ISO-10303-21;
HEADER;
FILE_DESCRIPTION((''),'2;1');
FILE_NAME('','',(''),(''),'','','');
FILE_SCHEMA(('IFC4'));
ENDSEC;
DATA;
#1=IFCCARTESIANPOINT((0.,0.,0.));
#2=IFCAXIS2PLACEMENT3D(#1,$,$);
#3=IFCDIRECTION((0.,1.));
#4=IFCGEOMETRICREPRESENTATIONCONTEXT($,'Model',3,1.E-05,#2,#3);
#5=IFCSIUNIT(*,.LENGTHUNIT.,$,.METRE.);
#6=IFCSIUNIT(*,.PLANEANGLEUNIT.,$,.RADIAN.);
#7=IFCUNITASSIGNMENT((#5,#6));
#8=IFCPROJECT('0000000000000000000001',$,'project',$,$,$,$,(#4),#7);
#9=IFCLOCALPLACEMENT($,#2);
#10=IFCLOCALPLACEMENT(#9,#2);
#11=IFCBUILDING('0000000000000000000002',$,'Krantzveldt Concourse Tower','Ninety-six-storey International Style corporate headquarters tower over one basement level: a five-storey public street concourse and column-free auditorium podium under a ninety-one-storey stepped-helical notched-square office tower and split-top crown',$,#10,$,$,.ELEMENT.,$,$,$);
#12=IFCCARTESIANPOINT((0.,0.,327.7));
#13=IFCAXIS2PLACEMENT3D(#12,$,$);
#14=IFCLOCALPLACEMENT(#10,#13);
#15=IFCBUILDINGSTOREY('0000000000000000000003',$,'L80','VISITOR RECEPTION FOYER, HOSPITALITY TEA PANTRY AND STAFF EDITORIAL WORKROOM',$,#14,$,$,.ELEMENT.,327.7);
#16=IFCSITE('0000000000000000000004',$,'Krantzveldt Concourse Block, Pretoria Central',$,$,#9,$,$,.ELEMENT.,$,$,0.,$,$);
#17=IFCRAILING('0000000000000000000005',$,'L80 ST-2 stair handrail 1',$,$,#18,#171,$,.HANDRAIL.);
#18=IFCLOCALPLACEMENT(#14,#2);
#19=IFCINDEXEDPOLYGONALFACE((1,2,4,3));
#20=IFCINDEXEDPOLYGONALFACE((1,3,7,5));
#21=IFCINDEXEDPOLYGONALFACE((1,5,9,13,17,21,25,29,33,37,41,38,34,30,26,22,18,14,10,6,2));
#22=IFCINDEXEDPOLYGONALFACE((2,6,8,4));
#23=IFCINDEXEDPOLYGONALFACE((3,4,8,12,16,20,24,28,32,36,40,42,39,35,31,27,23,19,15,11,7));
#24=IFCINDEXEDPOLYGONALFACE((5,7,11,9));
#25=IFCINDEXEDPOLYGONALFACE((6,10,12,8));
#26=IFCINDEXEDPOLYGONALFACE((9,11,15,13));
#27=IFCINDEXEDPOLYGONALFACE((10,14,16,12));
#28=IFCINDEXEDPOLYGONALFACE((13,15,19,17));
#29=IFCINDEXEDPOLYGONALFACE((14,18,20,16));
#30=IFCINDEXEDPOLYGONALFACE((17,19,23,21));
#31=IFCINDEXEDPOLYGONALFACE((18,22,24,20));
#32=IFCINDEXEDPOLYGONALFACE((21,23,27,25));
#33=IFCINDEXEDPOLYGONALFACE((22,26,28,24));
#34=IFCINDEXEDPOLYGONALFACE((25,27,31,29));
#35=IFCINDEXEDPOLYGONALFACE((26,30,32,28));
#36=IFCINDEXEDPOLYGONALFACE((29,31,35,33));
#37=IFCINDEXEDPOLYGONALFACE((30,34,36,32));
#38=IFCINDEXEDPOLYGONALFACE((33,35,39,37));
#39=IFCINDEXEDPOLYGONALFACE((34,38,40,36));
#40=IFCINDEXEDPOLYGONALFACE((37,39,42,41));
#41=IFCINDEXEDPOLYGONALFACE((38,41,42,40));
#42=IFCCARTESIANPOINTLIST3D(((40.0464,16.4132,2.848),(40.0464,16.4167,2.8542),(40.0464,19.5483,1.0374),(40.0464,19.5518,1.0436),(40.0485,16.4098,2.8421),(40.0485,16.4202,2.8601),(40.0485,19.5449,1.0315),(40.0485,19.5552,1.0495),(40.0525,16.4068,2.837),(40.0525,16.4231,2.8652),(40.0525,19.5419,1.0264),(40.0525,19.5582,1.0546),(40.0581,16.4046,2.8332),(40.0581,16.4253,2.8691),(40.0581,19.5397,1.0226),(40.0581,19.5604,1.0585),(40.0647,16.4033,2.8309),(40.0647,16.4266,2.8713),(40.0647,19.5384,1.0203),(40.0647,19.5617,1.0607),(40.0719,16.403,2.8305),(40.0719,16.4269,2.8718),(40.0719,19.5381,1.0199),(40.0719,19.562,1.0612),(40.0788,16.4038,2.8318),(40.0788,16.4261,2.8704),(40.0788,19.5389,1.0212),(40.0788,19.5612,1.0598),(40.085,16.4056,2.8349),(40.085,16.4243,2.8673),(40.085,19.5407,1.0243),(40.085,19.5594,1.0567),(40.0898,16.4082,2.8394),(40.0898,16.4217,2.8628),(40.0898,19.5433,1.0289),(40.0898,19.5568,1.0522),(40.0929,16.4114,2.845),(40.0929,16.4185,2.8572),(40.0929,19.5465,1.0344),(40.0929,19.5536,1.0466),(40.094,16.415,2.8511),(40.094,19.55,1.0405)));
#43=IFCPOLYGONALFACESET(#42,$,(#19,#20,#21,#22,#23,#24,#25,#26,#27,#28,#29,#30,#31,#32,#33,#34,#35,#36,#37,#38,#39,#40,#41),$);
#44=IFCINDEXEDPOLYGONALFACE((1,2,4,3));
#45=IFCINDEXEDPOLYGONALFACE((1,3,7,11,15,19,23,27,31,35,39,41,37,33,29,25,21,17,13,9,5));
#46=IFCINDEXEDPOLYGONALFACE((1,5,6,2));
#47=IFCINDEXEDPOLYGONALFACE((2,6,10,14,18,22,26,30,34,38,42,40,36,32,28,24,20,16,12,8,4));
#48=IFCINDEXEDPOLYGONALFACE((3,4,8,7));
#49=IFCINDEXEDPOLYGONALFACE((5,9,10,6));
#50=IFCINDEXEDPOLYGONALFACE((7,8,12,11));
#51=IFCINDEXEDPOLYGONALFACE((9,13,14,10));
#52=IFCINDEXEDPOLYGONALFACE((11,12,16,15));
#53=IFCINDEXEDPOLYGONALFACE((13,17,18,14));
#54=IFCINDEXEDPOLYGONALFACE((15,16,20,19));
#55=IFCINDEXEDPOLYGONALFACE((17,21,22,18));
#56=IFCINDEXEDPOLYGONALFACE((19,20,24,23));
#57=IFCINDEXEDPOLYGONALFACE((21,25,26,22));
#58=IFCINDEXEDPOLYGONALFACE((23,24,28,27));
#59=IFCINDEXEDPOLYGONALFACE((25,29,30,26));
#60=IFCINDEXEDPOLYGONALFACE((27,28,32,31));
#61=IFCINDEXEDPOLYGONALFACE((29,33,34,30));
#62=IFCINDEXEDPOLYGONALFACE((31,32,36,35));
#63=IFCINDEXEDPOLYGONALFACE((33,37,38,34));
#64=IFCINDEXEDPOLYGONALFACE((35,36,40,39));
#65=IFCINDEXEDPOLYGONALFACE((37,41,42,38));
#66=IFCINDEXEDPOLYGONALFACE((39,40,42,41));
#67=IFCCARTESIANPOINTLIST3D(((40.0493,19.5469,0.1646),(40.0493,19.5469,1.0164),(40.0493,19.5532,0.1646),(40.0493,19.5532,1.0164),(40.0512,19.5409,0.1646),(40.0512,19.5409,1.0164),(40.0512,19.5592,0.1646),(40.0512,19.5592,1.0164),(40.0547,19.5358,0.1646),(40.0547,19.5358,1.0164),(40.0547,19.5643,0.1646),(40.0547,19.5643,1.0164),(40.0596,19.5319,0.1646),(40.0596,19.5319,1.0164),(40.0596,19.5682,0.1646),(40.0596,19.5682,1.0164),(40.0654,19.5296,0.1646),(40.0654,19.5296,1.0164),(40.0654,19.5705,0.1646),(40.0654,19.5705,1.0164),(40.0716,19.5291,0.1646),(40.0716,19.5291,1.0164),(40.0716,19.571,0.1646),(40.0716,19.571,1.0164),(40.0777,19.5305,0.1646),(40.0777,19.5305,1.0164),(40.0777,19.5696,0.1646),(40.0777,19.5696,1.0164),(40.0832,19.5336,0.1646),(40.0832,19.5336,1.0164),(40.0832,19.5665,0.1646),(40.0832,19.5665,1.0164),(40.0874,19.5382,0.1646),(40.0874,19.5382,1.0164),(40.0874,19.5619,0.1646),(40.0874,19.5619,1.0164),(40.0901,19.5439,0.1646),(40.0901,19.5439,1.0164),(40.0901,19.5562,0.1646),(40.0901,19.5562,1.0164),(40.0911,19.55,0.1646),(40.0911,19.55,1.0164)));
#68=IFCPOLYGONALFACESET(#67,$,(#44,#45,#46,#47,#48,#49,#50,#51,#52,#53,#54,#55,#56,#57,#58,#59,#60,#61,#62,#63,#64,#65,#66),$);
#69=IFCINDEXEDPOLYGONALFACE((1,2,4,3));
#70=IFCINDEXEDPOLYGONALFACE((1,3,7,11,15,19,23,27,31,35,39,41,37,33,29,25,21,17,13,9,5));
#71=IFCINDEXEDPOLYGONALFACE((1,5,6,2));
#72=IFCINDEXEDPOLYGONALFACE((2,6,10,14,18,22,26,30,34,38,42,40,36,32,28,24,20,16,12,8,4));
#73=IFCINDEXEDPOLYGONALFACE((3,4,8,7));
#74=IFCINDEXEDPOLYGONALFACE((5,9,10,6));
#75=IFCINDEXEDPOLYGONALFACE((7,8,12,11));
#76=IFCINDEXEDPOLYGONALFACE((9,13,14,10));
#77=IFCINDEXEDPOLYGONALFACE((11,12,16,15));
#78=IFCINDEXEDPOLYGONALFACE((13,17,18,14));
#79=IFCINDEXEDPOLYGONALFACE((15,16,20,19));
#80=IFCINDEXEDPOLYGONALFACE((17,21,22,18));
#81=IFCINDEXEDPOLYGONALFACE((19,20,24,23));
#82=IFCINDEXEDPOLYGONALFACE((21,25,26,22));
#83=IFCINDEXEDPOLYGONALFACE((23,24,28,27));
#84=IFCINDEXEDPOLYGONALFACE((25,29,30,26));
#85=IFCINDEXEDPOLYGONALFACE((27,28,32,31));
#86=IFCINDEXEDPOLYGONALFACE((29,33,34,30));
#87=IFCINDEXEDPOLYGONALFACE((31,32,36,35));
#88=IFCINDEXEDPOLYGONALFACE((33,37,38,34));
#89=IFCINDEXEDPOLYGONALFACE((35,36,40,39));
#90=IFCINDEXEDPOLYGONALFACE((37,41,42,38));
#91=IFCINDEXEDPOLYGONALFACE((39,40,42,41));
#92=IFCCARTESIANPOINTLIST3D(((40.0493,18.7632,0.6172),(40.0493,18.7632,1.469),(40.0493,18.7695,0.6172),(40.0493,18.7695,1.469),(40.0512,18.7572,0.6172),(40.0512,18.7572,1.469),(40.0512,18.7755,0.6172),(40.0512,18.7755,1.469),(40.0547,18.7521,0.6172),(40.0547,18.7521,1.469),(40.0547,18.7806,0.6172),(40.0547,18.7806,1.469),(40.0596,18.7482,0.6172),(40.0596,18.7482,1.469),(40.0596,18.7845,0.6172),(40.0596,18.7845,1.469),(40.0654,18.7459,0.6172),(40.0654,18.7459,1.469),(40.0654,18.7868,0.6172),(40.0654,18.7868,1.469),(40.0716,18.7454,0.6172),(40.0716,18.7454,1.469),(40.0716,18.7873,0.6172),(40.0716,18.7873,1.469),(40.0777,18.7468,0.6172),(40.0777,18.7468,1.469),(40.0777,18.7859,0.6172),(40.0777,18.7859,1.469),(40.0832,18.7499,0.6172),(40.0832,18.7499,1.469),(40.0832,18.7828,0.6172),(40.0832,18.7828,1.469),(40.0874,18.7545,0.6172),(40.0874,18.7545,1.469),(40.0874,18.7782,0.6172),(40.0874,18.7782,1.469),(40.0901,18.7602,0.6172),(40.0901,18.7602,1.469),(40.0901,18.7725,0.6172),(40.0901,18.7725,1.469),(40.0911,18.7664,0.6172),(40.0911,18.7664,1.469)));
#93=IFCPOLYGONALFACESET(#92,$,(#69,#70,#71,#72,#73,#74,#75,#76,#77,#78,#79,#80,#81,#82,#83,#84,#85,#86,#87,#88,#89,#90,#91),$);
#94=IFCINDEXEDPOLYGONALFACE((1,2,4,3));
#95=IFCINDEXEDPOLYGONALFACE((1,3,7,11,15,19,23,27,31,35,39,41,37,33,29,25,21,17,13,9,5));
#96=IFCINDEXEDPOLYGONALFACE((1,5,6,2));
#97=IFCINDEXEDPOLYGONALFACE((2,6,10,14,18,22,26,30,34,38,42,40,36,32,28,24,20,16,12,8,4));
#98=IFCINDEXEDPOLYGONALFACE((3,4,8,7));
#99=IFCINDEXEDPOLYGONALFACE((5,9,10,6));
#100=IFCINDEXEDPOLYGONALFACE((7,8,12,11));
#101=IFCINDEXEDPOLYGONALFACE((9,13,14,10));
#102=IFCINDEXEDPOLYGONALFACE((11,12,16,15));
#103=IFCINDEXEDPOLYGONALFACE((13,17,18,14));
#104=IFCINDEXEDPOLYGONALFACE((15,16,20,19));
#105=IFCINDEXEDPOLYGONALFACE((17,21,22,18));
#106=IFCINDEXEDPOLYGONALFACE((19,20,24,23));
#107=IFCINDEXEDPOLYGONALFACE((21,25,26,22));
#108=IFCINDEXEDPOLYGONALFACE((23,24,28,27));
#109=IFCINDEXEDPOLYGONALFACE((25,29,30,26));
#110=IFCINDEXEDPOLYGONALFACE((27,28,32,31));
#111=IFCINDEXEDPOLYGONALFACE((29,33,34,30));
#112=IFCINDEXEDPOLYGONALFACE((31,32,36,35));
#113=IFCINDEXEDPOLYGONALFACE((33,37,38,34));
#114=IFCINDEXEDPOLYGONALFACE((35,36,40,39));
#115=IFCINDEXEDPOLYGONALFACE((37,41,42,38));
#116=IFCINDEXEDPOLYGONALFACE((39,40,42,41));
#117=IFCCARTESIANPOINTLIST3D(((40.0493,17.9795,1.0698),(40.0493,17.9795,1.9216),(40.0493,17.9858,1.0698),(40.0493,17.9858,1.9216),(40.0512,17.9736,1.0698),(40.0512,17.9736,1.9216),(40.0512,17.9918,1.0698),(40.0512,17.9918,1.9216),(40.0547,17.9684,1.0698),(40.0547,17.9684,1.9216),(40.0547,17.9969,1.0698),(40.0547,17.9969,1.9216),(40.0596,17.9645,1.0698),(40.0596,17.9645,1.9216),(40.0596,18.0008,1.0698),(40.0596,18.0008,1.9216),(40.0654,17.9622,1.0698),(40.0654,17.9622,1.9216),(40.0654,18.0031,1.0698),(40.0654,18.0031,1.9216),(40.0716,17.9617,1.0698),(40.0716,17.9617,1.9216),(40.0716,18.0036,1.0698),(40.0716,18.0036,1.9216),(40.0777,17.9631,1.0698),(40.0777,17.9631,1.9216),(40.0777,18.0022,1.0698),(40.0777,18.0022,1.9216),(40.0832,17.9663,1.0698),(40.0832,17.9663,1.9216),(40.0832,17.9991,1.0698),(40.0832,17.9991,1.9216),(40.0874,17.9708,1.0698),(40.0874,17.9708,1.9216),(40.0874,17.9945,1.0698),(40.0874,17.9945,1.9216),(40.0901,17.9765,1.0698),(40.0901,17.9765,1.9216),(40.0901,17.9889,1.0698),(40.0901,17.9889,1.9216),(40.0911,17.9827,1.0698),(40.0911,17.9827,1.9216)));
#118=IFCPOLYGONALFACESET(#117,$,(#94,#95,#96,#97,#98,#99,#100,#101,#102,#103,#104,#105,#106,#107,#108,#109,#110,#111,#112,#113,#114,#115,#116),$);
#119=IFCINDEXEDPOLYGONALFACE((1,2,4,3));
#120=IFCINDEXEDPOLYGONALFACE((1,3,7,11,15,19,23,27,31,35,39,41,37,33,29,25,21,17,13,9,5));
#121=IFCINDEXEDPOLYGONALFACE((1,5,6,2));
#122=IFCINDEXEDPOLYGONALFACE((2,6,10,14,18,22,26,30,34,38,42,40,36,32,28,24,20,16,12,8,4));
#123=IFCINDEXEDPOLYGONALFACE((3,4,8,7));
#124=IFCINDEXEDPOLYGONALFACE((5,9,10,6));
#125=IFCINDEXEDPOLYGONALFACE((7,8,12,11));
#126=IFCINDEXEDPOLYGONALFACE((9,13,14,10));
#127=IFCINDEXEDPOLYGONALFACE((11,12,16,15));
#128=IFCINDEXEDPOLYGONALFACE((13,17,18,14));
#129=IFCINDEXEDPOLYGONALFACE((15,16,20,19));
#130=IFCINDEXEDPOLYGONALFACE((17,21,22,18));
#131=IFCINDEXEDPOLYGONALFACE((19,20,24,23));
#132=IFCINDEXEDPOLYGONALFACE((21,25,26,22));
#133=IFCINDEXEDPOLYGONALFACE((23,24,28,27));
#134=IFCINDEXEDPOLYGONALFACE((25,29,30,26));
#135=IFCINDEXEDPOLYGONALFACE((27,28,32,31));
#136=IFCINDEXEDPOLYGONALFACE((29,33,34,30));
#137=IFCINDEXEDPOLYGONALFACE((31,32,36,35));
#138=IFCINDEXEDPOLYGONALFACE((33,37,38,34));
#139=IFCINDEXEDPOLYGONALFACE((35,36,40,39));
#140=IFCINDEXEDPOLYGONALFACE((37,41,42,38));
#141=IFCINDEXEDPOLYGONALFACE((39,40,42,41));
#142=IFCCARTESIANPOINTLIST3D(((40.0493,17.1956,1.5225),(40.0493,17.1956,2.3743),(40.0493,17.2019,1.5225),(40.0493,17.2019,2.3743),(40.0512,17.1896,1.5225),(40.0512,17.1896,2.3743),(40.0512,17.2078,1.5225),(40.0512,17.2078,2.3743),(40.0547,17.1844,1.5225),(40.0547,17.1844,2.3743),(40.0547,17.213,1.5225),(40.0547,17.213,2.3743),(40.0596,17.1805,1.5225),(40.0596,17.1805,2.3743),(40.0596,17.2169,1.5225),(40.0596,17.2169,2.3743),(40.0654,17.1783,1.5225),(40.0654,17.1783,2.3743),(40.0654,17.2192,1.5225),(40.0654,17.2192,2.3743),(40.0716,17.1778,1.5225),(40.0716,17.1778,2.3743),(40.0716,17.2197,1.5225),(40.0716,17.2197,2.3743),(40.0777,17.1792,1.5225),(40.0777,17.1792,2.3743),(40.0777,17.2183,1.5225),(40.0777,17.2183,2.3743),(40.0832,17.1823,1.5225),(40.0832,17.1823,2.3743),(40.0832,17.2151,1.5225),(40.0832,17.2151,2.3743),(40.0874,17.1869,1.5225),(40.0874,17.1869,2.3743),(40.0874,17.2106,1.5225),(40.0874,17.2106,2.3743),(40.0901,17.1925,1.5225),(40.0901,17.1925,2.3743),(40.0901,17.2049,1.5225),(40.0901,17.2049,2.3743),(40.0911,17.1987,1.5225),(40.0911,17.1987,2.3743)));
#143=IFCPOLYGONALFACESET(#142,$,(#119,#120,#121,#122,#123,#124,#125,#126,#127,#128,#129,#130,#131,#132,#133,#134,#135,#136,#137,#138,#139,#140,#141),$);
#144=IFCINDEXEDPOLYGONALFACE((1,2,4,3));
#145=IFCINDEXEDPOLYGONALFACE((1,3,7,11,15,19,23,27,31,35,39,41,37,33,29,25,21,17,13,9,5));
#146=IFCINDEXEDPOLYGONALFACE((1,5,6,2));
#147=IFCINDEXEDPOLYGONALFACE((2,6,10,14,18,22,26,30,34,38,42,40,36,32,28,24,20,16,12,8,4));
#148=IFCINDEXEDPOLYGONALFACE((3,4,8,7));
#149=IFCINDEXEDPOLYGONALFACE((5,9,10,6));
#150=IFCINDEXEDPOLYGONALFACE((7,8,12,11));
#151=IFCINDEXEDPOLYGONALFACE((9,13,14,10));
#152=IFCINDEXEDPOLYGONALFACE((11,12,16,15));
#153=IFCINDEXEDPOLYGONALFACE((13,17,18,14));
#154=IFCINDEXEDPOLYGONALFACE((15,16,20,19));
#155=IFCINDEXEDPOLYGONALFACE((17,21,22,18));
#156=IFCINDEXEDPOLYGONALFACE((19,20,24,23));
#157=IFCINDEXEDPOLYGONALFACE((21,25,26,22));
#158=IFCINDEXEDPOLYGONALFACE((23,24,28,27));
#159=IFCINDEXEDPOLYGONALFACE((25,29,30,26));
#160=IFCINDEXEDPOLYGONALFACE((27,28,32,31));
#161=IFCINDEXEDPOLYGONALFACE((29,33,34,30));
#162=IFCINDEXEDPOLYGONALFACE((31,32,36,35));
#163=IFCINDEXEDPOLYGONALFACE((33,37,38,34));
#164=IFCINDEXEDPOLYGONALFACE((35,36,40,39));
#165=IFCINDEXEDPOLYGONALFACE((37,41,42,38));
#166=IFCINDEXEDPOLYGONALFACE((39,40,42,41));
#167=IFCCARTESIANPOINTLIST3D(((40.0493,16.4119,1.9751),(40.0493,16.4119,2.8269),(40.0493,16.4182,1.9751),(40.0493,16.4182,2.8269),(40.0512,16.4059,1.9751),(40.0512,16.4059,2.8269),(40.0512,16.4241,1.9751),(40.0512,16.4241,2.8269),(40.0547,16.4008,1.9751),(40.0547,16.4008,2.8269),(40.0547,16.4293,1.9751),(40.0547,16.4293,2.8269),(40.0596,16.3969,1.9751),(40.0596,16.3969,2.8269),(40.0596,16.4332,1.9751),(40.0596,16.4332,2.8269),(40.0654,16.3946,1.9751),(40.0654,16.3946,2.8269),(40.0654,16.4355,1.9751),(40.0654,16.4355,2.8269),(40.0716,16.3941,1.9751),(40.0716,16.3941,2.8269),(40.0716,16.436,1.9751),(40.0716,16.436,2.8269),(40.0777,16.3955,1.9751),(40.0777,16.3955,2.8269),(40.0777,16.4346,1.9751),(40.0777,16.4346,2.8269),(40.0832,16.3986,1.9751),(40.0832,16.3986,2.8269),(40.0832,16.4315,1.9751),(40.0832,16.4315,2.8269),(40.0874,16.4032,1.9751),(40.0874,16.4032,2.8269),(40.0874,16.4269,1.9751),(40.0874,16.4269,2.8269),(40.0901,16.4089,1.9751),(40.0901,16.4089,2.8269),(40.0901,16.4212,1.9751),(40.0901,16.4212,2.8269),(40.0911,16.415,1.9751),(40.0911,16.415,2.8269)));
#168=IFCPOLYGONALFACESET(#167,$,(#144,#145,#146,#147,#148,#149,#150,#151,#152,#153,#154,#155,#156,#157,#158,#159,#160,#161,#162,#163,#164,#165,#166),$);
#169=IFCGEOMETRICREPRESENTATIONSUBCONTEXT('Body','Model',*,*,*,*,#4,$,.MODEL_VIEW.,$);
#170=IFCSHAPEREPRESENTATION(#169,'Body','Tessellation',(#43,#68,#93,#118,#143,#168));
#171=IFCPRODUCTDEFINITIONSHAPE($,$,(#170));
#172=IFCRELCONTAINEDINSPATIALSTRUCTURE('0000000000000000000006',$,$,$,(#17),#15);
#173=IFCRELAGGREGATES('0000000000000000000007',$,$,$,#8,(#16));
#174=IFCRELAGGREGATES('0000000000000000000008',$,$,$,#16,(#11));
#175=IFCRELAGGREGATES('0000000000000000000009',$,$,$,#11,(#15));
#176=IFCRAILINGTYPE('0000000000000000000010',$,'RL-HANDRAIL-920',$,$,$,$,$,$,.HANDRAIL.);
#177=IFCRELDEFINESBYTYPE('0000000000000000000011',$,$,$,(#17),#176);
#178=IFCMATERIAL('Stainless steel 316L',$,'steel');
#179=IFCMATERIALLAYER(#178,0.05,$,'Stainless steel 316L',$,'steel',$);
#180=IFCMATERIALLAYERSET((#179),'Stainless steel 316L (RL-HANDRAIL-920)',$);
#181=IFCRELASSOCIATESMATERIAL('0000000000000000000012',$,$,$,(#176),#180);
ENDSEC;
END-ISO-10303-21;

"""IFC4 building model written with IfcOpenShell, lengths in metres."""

from ifc_helpers import new_model, si_unit, direction, frame, origin, origin_2d, place, context, subcontext, project, spatial, circle, extrude, material, layer, layer_set, type_object, element, save


model = new_model("IFC4")

# Units and contexts
model_context = context("Model", 3, precision=1e-05, world=origin(), true_north=direction((0.0, 1.0)))
body_context = subcontext(model_context, "Body", "Model", "MODEL_VIEW")
ifc_project = project(units=[si_unit("LENGTHUNIT", "METRE"), si_unit("PLANEANGLEUNIT", "RADIAN")], contexts=[model_context])

# Site, building, storey
site_placement = place(None, origin())
site = spatial("IfcSite", under=ifc_project, at=site_placement, Name="Krantzveldt Concourse Block, Pretoria Central", CompositionType="ELEMENT", RefElevation=0.0)
building_placement = place(site_placement, origin())
building = spatial("IfcBuilding", under=site, at=building_placement, Name="Krantzveldt Concourse Tower", Description="Ninety-six-storey International Style corporate headquarters tower over one basement level: a five-storey public street concourse and column-free auditorium podium under a ninety-one-storey stepped-helical notched-square office tower and split-top crown", CompositionType="ELEMENT")
storey_placement = place(building_placement, frame((0.0, 0.0, 327.7)))
storey = spatial("IfcBuildingStorey", under=building, at=storey_placement, Name="L80", Description="VISITOR RECEPTION FOYER, HOSPITALITY TEA PANTRY AND STAFF EDITORIAL WORKROOM", CompositionType="ELEMENT", Elevation=327.7)

# Shared definitions
ifc_material_1 = material(Name="Stainless steel 316L", Category="steel")

# Railing
ifc_layer_1 = layer(ifc_material_1, 0.05, Name="Stainless steel 316L", Category="steel")
ifc_layer_set_1 = layer_set([ifc_layer_1], Name="Stainless steel 316L (RL-HANDRAIL-920)")
railing_type_1 = type_object("IfcRailingType", Name="RL-HANDRAIL-920", PredefinedType="HANDRAIL", material=ifc_layer_set_1)
railing_1_placement = place(storey_placement, frame((40.0701, 19.55, 0.1646)))
element("IfcRailing", 1, at=railing_1_placement, inside=storey, type_object=railing_type_1, Name="L80 ST-2 stair handrail 1", PredefinedType="HANDRAIL", context=body_context, shape_type="SweptSolid", body=[
    extrude(circle(Radius=0.0239, at=origin_2d()), frame((0.0, 0.0, 0.876), z_axis=(0.0, -0.86596, 0.500114), x_axis=(1.0, 0.0, 0.0)), (0.0, 0.0, 1.0), 3.6204),
    extrude(circle(Radius=0.021, at=origin_2d()), origin(), (0.0, 0.0, 1.0), 0.8518),
    extrude(circle(Radius=0.021, at=origin_2d()), frame((0.0, -0.7837, 0.4526)), (0.0, 0.0, 1.0), 0.8518),
    extrude(circle(Radius=0.021, at=origin_2d()), frame((0.0, -1.5674, 0.9053)), (0.0, 0.0, 1.0), 0.8518),
    extrude(circle(Radius=0.021, at=origin_2d()), frame((0.0, -2.3513, 1.3579)), (0.0, 0.0, 1.0), 0.8518),
    extrude(circle(Radius=0.021, at=origin_2d()), frame((0.0, -3.135, 1.8105)), (0.0, 0.0, 1.0), 0.8518),
])

save(model, "model.ifc")
